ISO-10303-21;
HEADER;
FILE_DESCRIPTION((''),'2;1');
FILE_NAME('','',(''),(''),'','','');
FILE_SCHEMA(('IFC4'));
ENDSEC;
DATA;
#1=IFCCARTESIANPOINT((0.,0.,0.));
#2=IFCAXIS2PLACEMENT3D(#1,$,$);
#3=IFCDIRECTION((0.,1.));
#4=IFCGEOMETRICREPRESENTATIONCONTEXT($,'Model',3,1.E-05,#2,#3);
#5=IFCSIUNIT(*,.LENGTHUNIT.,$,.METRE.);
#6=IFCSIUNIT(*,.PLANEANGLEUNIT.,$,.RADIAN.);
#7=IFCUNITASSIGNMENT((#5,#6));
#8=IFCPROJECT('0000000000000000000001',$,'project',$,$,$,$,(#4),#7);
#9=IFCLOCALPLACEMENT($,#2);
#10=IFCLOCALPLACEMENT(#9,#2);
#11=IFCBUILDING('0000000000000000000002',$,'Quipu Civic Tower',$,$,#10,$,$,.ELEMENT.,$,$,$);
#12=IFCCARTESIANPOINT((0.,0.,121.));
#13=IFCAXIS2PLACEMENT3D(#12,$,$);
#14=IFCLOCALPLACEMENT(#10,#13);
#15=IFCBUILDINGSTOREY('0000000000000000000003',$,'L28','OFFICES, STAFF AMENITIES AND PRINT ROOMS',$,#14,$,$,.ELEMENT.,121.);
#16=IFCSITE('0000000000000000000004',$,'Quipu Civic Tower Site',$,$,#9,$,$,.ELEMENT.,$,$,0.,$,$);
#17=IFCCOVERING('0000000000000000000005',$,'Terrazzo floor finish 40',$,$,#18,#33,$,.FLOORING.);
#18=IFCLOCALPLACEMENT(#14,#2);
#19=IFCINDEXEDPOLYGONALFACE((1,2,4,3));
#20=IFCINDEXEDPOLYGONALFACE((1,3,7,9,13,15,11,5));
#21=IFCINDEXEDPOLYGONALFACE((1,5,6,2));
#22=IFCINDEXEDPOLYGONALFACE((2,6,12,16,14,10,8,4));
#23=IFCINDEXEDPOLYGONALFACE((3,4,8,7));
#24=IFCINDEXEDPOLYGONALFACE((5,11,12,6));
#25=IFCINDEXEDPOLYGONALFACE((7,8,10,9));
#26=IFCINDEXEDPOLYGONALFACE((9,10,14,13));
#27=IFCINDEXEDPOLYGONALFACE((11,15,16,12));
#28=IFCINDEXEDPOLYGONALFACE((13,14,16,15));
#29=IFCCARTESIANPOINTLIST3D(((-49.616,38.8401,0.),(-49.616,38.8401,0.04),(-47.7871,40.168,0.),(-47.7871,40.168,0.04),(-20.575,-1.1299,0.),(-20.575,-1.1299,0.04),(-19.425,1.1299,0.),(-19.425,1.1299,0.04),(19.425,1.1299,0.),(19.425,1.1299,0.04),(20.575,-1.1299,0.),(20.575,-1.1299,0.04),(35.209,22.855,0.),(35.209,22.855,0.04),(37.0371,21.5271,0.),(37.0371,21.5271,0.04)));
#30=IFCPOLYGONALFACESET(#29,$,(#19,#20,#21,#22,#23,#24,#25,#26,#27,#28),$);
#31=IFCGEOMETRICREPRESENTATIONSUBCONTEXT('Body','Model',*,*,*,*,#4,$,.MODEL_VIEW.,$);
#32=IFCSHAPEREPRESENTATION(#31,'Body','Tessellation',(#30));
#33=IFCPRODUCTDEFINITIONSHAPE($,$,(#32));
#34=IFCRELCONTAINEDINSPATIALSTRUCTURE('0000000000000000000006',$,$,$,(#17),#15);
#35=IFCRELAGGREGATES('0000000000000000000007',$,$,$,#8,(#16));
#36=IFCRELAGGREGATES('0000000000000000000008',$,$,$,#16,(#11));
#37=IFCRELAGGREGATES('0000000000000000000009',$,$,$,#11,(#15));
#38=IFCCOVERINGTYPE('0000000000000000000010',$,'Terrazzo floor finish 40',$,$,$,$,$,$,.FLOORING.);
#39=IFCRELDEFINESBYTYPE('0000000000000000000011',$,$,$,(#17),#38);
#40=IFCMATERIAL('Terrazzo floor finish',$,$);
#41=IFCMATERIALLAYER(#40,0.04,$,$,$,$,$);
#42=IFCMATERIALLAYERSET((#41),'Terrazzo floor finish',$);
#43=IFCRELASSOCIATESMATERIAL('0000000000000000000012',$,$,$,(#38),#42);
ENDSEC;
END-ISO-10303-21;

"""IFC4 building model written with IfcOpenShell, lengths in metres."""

from ifc_helpers import new_model, si_unit, direction, frame, origin, place, context, subcontext, project, spatial, polyline, outline, extrude, material, layer, layer_set, type_object, element, save


model = new_model("IFC4")

# Units and contexts
model_context = context("Model", 3, precision=1e-05, world=origin(), true_north=direction((0.0, 1.0)))
body_context = subcontext(model_context, "Body", "Model", "MODEL_VIEW")
ifc_project = project(units=[si_unit("LENGTHUNIT", "METRE"), si_unit("PLANEANGLEUNIT", "RADIAN")], contexts=[model_context])

# Site, building, storey
site_placement = place(None, origin())
site = spatial("IfcSite", under=ifc_project, at=site_placement, Name="Quipu Civic Tower Site", CompositionType="ELEMENT", RefElevation=0.0)
building_placement = place(site_placement, origin())
building = spatial("IfcBuilding", under=site, at=building_placement, Name="Quipu Civic Tower", CompositionType="ELEMENT")
storey_placement = place(building_placement, frame((0.0, 0.0, 121.0)))
storey = spatial("IfcBuildingStorey", under=building, at=storey_placement, Name="L28", Description="OFFICES, STAFF AMENITIES AND PRINT ROOMS", CompositionType="ELEMENT", Elevation=121.0)

# Covering
ifc_material_1 = material(Name="Terrazzo floor finish")
ifc_layer_1 = layer(ifc_material_1, 0.04)
ifc_layer_set_1 = layer_set([ifc_layer_1], Name="Terrazzo floor finish")
covering_type_1 = type_object("IfcCoveringType", Name="Terrazzo floor finish 40", PredefinedType="FLOORING", material=ifc_layer_set_1)
covering_1_placement = place(storey_placement, origin())
element("IfcCovering", 1, at=covering_1_placement, inside=storey, type_object=covering_type_1, Name="Terrazzo floor finish 40", PredefinedType="FLOORING", context=body_context, shape_type="SweptSolid", body=[
    extrude(outline(polyline([(20.575, -1.1299), (-20.575, -1.1299), (-49.616, 38.8401), (-47.7871, 40.168), (-19.425, 1.1299), (19.425, 1.1299), (35.209, 22.855), (37.0371, 21.5271), (20.575, -1.1299)])), origin(), (0.0, 0.0, 1.0), 0.04),
])

save(model, "model.ifc")
